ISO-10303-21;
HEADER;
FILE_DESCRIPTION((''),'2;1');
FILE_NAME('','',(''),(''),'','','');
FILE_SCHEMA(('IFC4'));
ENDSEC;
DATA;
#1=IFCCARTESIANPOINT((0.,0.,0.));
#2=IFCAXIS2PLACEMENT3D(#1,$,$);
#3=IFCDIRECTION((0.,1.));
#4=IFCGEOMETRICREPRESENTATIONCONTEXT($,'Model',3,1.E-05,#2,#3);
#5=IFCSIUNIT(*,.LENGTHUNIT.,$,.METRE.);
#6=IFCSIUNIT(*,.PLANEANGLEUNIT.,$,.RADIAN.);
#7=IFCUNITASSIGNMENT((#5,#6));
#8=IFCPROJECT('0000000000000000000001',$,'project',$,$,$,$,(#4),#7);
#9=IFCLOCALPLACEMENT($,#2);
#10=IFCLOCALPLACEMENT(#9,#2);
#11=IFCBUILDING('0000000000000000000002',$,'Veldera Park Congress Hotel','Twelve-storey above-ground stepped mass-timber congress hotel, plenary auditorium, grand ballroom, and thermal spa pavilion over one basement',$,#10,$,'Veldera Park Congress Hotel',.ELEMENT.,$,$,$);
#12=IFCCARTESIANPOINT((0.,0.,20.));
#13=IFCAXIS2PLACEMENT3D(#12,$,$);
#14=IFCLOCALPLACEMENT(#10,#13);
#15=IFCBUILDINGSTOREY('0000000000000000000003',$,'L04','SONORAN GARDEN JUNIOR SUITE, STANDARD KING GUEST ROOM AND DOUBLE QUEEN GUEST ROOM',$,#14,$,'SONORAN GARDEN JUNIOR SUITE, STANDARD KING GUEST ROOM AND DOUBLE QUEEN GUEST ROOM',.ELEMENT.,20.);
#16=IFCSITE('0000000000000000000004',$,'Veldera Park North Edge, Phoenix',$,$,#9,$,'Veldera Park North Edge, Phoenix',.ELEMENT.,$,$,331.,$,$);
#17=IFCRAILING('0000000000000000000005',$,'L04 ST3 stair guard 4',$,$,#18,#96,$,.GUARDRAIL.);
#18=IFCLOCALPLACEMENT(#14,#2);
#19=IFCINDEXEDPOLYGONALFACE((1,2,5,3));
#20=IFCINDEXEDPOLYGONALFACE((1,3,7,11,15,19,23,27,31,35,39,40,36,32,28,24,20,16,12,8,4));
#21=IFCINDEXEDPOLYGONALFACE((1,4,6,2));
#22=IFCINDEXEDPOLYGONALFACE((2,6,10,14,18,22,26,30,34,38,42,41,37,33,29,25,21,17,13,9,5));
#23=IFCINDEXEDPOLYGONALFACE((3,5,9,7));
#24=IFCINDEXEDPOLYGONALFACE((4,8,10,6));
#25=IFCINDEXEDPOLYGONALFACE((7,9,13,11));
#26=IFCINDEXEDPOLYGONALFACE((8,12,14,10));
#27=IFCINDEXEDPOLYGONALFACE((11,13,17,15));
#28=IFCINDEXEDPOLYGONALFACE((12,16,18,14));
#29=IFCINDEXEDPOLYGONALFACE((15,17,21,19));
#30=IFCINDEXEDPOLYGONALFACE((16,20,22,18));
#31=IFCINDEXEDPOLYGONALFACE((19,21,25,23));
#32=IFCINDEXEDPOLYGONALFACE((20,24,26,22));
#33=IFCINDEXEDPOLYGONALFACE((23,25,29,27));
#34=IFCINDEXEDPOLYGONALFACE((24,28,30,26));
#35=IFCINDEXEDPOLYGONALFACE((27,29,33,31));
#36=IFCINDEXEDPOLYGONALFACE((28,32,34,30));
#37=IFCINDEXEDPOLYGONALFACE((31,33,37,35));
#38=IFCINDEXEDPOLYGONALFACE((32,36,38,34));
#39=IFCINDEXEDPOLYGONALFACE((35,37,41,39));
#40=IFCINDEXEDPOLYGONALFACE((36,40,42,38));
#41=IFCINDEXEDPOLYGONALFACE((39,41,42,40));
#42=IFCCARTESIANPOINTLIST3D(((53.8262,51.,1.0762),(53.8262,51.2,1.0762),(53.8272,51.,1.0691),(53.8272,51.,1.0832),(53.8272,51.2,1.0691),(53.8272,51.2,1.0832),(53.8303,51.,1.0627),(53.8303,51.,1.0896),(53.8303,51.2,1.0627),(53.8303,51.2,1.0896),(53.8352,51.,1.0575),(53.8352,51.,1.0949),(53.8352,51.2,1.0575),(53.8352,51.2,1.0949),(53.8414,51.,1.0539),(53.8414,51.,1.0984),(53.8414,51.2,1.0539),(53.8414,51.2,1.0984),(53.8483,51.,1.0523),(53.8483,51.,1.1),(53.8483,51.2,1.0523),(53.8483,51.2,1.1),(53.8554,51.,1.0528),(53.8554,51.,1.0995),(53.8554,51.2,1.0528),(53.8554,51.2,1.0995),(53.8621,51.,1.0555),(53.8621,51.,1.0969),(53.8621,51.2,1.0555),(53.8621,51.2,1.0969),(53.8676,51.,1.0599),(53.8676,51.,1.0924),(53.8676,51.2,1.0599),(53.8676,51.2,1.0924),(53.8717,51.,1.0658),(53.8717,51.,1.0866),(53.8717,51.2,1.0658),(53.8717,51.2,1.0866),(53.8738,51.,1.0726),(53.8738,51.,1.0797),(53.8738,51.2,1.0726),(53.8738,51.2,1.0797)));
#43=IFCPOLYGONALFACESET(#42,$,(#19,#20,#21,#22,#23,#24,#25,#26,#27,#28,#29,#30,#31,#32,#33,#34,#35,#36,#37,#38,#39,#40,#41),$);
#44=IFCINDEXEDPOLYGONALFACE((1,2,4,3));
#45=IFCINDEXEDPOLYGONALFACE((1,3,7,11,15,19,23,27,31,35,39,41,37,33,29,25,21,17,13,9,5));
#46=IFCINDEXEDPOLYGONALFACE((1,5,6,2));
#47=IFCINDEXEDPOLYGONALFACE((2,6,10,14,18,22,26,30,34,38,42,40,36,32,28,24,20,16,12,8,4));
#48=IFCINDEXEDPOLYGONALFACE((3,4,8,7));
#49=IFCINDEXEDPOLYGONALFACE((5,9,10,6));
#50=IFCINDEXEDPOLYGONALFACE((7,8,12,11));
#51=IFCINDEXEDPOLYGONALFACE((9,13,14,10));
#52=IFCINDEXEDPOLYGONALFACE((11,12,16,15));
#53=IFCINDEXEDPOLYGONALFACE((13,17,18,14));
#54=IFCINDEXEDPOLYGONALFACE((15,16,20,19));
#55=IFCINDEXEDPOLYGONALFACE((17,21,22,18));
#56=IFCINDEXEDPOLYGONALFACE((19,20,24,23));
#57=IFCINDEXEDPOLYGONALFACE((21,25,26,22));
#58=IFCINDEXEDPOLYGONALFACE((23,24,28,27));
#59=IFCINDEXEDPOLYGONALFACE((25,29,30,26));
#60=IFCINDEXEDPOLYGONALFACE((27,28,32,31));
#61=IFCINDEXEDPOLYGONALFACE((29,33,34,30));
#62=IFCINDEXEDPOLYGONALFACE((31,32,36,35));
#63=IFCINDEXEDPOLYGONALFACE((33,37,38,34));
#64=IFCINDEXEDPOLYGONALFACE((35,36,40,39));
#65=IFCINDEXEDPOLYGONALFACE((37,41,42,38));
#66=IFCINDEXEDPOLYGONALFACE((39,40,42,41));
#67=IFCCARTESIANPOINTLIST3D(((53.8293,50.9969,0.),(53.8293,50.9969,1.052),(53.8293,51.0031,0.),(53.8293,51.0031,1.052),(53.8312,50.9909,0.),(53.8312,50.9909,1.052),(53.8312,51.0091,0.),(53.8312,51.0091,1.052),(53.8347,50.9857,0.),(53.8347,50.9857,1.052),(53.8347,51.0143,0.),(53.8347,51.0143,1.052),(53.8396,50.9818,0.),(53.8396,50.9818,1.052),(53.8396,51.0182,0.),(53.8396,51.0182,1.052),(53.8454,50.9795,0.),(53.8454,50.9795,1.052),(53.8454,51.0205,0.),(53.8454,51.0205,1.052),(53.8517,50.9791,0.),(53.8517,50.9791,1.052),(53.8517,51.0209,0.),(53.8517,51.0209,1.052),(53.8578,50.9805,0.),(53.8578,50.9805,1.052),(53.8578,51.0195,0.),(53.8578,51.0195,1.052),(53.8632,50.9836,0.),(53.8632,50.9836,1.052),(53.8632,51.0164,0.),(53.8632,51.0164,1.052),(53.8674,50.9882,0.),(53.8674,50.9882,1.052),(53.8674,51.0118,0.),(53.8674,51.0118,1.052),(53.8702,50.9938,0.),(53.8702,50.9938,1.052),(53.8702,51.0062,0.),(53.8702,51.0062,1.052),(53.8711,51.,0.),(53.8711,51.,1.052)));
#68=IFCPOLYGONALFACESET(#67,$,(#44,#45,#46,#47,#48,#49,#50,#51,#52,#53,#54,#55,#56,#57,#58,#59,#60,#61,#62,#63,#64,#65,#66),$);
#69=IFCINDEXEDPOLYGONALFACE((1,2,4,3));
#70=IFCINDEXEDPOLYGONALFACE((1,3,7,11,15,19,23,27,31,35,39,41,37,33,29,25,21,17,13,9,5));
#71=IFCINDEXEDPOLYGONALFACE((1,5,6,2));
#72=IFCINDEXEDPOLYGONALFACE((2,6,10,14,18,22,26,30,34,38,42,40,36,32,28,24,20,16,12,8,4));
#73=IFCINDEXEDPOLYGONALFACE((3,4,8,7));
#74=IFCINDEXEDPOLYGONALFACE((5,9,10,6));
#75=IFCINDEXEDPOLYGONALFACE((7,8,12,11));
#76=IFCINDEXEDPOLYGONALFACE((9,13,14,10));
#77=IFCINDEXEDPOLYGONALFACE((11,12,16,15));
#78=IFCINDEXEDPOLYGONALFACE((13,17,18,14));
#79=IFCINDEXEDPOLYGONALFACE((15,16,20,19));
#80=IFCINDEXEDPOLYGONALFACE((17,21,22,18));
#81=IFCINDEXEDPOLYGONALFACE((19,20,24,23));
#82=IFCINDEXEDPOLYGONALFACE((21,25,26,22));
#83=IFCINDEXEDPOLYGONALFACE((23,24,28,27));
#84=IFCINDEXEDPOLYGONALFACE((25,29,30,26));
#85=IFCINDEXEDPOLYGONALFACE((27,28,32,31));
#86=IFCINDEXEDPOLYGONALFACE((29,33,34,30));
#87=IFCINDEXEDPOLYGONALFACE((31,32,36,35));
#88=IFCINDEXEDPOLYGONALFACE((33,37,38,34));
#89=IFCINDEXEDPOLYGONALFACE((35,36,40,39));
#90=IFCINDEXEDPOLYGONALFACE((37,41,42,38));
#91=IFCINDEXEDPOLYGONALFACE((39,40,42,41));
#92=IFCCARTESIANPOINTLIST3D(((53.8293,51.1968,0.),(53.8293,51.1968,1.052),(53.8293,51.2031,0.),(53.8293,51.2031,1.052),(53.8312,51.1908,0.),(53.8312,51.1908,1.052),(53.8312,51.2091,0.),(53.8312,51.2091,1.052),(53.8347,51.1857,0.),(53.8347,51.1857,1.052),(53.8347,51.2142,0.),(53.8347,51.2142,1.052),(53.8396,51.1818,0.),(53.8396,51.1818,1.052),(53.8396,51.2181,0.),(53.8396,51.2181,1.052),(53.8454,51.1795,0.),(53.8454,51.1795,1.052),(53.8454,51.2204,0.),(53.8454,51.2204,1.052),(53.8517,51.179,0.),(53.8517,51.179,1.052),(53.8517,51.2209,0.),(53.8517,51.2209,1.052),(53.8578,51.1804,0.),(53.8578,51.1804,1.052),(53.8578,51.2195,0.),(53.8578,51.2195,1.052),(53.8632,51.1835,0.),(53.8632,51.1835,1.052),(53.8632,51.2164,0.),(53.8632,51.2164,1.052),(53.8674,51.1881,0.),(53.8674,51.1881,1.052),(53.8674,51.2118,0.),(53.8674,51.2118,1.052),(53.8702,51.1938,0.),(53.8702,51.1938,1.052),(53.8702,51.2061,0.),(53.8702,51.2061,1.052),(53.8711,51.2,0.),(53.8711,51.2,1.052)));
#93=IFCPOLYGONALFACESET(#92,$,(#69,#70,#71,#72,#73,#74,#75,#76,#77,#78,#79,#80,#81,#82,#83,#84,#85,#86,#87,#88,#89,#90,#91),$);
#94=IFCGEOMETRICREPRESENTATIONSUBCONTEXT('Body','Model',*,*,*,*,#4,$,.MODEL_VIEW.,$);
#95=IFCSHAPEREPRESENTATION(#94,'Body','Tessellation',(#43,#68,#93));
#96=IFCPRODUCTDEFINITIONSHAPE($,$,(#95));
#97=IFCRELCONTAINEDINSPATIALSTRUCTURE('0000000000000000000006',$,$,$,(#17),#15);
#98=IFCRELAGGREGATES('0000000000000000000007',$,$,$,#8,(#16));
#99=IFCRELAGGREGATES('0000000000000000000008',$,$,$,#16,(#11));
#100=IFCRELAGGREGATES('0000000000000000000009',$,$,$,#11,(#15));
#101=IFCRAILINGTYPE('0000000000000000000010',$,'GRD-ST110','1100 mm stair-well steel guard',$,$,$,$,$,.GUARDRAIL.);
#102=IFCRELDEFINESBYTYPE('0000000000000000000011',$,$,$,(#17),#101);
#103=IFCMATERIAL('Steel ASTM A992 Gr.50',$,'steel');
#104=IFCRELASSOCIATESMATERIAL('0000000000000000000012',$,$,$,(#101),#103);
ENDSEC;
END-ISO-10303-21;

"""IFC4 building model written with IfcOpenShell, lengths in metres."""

from ifc_helpers import new_model, si_unit, direction, frame, origin, origin_2d, place, context, subcontext, project, spatial, circle, extrude, material, type_object, element, save


model = new_model("IFC4")

# Units and contexts
model_context = context("Model", 3, precision=1e-05, world=origin(), true_north=direction((0.0, 1.0)))
body_context = subcontext(model_context, "Body", "Model", "MODEL_VIEW")
ifc_project = project(units=[si_unit("LENGTHUNIT", "METRE"), si_unit("PLANEANGLEUNIT", "RADIAN")], contexts=[model_context])

# Site, building, storey
site_placement = place(None, origin())
site = spatial("IfcSite", under=ifc_project, at=site_placement, Name="Veldera Park North Edge, Phoenix", LongName="Veldera Park North Edge, Phoenix", CompositionType="ELEMENT", RefElevation=331.0)
building_placement = place(site_placement, origin())
building = spatial("IfcBuilding", under=site, at=building_placement, Name="Veldera Park Congress Hotel", Description="Twelve-storey above-ground stepped mass-timber congress hotel, plenary auditorium, grand ballroom, and thermal spa pavilion over one basement", LongName="Veldera Park Congress Hotel", CompositionType="ELEMENT")
storey_placement = place(building_placement, frame((0.0, 0.0, 20.0)))
storey = spatial("IfcBuildingStorey", under=building, at=storey_placement, Name="L04", Description="SONORAN GARDEN JUNIOR SUITE, STANDARD KING GUEST ROOM AND DOUBLE QUEEN GUEST ROOM", LongName="SONORAN GARDEN JUNIOR SUITE, STANDARD KING GUEST ROOM AND DOUBLE QUEEN GUEST ROOM", CompositionType="ELEMENT", Elevation=20.0)

# Railing
ifc_material_1 = material(Name="Steel ASTM A992 Gr.50", Category="steel")
railing_type_1 = type_object("IfcRailingType", Name="GRD-ST110", Description="1100 mm stair-well steel guard", PredefinedType="GUARDRAIL", material=ifc_material_1)
railing_1_placement = place(storey_placement, frame((53.8501, 51.0, 0.0)))
element("IfcRailing", 1, at=railing_1_placement, inside=storey, type_object=railing_type_1, Name="L04 ST3 stair guard 4", PredefinedType="GUARDRAIL", context=body_context, shape_type="SweptSolid", body=[
    extrude(circle(Radius=0.0239, at=origin_2d()), frame((0.0, 0.0, 1.0762), z_axis=(0.0, 1.0, 0.0), x_axis=(-1.0, 0.0, 0.0)), (0.0, 0.0, 1.0), 0.2),
    extrude(circle(Radius=0.021, at=origin_2d()), origin(), (0.0, 0.0, 1.0), 1.052),
    extrude(circle(Radius=0.021, at=origin_2d()), frame((0.0, 0.2, 0.0)), (0.0, 0.0, 1.0), 1.052),
])

save(model, "model.ifc")
